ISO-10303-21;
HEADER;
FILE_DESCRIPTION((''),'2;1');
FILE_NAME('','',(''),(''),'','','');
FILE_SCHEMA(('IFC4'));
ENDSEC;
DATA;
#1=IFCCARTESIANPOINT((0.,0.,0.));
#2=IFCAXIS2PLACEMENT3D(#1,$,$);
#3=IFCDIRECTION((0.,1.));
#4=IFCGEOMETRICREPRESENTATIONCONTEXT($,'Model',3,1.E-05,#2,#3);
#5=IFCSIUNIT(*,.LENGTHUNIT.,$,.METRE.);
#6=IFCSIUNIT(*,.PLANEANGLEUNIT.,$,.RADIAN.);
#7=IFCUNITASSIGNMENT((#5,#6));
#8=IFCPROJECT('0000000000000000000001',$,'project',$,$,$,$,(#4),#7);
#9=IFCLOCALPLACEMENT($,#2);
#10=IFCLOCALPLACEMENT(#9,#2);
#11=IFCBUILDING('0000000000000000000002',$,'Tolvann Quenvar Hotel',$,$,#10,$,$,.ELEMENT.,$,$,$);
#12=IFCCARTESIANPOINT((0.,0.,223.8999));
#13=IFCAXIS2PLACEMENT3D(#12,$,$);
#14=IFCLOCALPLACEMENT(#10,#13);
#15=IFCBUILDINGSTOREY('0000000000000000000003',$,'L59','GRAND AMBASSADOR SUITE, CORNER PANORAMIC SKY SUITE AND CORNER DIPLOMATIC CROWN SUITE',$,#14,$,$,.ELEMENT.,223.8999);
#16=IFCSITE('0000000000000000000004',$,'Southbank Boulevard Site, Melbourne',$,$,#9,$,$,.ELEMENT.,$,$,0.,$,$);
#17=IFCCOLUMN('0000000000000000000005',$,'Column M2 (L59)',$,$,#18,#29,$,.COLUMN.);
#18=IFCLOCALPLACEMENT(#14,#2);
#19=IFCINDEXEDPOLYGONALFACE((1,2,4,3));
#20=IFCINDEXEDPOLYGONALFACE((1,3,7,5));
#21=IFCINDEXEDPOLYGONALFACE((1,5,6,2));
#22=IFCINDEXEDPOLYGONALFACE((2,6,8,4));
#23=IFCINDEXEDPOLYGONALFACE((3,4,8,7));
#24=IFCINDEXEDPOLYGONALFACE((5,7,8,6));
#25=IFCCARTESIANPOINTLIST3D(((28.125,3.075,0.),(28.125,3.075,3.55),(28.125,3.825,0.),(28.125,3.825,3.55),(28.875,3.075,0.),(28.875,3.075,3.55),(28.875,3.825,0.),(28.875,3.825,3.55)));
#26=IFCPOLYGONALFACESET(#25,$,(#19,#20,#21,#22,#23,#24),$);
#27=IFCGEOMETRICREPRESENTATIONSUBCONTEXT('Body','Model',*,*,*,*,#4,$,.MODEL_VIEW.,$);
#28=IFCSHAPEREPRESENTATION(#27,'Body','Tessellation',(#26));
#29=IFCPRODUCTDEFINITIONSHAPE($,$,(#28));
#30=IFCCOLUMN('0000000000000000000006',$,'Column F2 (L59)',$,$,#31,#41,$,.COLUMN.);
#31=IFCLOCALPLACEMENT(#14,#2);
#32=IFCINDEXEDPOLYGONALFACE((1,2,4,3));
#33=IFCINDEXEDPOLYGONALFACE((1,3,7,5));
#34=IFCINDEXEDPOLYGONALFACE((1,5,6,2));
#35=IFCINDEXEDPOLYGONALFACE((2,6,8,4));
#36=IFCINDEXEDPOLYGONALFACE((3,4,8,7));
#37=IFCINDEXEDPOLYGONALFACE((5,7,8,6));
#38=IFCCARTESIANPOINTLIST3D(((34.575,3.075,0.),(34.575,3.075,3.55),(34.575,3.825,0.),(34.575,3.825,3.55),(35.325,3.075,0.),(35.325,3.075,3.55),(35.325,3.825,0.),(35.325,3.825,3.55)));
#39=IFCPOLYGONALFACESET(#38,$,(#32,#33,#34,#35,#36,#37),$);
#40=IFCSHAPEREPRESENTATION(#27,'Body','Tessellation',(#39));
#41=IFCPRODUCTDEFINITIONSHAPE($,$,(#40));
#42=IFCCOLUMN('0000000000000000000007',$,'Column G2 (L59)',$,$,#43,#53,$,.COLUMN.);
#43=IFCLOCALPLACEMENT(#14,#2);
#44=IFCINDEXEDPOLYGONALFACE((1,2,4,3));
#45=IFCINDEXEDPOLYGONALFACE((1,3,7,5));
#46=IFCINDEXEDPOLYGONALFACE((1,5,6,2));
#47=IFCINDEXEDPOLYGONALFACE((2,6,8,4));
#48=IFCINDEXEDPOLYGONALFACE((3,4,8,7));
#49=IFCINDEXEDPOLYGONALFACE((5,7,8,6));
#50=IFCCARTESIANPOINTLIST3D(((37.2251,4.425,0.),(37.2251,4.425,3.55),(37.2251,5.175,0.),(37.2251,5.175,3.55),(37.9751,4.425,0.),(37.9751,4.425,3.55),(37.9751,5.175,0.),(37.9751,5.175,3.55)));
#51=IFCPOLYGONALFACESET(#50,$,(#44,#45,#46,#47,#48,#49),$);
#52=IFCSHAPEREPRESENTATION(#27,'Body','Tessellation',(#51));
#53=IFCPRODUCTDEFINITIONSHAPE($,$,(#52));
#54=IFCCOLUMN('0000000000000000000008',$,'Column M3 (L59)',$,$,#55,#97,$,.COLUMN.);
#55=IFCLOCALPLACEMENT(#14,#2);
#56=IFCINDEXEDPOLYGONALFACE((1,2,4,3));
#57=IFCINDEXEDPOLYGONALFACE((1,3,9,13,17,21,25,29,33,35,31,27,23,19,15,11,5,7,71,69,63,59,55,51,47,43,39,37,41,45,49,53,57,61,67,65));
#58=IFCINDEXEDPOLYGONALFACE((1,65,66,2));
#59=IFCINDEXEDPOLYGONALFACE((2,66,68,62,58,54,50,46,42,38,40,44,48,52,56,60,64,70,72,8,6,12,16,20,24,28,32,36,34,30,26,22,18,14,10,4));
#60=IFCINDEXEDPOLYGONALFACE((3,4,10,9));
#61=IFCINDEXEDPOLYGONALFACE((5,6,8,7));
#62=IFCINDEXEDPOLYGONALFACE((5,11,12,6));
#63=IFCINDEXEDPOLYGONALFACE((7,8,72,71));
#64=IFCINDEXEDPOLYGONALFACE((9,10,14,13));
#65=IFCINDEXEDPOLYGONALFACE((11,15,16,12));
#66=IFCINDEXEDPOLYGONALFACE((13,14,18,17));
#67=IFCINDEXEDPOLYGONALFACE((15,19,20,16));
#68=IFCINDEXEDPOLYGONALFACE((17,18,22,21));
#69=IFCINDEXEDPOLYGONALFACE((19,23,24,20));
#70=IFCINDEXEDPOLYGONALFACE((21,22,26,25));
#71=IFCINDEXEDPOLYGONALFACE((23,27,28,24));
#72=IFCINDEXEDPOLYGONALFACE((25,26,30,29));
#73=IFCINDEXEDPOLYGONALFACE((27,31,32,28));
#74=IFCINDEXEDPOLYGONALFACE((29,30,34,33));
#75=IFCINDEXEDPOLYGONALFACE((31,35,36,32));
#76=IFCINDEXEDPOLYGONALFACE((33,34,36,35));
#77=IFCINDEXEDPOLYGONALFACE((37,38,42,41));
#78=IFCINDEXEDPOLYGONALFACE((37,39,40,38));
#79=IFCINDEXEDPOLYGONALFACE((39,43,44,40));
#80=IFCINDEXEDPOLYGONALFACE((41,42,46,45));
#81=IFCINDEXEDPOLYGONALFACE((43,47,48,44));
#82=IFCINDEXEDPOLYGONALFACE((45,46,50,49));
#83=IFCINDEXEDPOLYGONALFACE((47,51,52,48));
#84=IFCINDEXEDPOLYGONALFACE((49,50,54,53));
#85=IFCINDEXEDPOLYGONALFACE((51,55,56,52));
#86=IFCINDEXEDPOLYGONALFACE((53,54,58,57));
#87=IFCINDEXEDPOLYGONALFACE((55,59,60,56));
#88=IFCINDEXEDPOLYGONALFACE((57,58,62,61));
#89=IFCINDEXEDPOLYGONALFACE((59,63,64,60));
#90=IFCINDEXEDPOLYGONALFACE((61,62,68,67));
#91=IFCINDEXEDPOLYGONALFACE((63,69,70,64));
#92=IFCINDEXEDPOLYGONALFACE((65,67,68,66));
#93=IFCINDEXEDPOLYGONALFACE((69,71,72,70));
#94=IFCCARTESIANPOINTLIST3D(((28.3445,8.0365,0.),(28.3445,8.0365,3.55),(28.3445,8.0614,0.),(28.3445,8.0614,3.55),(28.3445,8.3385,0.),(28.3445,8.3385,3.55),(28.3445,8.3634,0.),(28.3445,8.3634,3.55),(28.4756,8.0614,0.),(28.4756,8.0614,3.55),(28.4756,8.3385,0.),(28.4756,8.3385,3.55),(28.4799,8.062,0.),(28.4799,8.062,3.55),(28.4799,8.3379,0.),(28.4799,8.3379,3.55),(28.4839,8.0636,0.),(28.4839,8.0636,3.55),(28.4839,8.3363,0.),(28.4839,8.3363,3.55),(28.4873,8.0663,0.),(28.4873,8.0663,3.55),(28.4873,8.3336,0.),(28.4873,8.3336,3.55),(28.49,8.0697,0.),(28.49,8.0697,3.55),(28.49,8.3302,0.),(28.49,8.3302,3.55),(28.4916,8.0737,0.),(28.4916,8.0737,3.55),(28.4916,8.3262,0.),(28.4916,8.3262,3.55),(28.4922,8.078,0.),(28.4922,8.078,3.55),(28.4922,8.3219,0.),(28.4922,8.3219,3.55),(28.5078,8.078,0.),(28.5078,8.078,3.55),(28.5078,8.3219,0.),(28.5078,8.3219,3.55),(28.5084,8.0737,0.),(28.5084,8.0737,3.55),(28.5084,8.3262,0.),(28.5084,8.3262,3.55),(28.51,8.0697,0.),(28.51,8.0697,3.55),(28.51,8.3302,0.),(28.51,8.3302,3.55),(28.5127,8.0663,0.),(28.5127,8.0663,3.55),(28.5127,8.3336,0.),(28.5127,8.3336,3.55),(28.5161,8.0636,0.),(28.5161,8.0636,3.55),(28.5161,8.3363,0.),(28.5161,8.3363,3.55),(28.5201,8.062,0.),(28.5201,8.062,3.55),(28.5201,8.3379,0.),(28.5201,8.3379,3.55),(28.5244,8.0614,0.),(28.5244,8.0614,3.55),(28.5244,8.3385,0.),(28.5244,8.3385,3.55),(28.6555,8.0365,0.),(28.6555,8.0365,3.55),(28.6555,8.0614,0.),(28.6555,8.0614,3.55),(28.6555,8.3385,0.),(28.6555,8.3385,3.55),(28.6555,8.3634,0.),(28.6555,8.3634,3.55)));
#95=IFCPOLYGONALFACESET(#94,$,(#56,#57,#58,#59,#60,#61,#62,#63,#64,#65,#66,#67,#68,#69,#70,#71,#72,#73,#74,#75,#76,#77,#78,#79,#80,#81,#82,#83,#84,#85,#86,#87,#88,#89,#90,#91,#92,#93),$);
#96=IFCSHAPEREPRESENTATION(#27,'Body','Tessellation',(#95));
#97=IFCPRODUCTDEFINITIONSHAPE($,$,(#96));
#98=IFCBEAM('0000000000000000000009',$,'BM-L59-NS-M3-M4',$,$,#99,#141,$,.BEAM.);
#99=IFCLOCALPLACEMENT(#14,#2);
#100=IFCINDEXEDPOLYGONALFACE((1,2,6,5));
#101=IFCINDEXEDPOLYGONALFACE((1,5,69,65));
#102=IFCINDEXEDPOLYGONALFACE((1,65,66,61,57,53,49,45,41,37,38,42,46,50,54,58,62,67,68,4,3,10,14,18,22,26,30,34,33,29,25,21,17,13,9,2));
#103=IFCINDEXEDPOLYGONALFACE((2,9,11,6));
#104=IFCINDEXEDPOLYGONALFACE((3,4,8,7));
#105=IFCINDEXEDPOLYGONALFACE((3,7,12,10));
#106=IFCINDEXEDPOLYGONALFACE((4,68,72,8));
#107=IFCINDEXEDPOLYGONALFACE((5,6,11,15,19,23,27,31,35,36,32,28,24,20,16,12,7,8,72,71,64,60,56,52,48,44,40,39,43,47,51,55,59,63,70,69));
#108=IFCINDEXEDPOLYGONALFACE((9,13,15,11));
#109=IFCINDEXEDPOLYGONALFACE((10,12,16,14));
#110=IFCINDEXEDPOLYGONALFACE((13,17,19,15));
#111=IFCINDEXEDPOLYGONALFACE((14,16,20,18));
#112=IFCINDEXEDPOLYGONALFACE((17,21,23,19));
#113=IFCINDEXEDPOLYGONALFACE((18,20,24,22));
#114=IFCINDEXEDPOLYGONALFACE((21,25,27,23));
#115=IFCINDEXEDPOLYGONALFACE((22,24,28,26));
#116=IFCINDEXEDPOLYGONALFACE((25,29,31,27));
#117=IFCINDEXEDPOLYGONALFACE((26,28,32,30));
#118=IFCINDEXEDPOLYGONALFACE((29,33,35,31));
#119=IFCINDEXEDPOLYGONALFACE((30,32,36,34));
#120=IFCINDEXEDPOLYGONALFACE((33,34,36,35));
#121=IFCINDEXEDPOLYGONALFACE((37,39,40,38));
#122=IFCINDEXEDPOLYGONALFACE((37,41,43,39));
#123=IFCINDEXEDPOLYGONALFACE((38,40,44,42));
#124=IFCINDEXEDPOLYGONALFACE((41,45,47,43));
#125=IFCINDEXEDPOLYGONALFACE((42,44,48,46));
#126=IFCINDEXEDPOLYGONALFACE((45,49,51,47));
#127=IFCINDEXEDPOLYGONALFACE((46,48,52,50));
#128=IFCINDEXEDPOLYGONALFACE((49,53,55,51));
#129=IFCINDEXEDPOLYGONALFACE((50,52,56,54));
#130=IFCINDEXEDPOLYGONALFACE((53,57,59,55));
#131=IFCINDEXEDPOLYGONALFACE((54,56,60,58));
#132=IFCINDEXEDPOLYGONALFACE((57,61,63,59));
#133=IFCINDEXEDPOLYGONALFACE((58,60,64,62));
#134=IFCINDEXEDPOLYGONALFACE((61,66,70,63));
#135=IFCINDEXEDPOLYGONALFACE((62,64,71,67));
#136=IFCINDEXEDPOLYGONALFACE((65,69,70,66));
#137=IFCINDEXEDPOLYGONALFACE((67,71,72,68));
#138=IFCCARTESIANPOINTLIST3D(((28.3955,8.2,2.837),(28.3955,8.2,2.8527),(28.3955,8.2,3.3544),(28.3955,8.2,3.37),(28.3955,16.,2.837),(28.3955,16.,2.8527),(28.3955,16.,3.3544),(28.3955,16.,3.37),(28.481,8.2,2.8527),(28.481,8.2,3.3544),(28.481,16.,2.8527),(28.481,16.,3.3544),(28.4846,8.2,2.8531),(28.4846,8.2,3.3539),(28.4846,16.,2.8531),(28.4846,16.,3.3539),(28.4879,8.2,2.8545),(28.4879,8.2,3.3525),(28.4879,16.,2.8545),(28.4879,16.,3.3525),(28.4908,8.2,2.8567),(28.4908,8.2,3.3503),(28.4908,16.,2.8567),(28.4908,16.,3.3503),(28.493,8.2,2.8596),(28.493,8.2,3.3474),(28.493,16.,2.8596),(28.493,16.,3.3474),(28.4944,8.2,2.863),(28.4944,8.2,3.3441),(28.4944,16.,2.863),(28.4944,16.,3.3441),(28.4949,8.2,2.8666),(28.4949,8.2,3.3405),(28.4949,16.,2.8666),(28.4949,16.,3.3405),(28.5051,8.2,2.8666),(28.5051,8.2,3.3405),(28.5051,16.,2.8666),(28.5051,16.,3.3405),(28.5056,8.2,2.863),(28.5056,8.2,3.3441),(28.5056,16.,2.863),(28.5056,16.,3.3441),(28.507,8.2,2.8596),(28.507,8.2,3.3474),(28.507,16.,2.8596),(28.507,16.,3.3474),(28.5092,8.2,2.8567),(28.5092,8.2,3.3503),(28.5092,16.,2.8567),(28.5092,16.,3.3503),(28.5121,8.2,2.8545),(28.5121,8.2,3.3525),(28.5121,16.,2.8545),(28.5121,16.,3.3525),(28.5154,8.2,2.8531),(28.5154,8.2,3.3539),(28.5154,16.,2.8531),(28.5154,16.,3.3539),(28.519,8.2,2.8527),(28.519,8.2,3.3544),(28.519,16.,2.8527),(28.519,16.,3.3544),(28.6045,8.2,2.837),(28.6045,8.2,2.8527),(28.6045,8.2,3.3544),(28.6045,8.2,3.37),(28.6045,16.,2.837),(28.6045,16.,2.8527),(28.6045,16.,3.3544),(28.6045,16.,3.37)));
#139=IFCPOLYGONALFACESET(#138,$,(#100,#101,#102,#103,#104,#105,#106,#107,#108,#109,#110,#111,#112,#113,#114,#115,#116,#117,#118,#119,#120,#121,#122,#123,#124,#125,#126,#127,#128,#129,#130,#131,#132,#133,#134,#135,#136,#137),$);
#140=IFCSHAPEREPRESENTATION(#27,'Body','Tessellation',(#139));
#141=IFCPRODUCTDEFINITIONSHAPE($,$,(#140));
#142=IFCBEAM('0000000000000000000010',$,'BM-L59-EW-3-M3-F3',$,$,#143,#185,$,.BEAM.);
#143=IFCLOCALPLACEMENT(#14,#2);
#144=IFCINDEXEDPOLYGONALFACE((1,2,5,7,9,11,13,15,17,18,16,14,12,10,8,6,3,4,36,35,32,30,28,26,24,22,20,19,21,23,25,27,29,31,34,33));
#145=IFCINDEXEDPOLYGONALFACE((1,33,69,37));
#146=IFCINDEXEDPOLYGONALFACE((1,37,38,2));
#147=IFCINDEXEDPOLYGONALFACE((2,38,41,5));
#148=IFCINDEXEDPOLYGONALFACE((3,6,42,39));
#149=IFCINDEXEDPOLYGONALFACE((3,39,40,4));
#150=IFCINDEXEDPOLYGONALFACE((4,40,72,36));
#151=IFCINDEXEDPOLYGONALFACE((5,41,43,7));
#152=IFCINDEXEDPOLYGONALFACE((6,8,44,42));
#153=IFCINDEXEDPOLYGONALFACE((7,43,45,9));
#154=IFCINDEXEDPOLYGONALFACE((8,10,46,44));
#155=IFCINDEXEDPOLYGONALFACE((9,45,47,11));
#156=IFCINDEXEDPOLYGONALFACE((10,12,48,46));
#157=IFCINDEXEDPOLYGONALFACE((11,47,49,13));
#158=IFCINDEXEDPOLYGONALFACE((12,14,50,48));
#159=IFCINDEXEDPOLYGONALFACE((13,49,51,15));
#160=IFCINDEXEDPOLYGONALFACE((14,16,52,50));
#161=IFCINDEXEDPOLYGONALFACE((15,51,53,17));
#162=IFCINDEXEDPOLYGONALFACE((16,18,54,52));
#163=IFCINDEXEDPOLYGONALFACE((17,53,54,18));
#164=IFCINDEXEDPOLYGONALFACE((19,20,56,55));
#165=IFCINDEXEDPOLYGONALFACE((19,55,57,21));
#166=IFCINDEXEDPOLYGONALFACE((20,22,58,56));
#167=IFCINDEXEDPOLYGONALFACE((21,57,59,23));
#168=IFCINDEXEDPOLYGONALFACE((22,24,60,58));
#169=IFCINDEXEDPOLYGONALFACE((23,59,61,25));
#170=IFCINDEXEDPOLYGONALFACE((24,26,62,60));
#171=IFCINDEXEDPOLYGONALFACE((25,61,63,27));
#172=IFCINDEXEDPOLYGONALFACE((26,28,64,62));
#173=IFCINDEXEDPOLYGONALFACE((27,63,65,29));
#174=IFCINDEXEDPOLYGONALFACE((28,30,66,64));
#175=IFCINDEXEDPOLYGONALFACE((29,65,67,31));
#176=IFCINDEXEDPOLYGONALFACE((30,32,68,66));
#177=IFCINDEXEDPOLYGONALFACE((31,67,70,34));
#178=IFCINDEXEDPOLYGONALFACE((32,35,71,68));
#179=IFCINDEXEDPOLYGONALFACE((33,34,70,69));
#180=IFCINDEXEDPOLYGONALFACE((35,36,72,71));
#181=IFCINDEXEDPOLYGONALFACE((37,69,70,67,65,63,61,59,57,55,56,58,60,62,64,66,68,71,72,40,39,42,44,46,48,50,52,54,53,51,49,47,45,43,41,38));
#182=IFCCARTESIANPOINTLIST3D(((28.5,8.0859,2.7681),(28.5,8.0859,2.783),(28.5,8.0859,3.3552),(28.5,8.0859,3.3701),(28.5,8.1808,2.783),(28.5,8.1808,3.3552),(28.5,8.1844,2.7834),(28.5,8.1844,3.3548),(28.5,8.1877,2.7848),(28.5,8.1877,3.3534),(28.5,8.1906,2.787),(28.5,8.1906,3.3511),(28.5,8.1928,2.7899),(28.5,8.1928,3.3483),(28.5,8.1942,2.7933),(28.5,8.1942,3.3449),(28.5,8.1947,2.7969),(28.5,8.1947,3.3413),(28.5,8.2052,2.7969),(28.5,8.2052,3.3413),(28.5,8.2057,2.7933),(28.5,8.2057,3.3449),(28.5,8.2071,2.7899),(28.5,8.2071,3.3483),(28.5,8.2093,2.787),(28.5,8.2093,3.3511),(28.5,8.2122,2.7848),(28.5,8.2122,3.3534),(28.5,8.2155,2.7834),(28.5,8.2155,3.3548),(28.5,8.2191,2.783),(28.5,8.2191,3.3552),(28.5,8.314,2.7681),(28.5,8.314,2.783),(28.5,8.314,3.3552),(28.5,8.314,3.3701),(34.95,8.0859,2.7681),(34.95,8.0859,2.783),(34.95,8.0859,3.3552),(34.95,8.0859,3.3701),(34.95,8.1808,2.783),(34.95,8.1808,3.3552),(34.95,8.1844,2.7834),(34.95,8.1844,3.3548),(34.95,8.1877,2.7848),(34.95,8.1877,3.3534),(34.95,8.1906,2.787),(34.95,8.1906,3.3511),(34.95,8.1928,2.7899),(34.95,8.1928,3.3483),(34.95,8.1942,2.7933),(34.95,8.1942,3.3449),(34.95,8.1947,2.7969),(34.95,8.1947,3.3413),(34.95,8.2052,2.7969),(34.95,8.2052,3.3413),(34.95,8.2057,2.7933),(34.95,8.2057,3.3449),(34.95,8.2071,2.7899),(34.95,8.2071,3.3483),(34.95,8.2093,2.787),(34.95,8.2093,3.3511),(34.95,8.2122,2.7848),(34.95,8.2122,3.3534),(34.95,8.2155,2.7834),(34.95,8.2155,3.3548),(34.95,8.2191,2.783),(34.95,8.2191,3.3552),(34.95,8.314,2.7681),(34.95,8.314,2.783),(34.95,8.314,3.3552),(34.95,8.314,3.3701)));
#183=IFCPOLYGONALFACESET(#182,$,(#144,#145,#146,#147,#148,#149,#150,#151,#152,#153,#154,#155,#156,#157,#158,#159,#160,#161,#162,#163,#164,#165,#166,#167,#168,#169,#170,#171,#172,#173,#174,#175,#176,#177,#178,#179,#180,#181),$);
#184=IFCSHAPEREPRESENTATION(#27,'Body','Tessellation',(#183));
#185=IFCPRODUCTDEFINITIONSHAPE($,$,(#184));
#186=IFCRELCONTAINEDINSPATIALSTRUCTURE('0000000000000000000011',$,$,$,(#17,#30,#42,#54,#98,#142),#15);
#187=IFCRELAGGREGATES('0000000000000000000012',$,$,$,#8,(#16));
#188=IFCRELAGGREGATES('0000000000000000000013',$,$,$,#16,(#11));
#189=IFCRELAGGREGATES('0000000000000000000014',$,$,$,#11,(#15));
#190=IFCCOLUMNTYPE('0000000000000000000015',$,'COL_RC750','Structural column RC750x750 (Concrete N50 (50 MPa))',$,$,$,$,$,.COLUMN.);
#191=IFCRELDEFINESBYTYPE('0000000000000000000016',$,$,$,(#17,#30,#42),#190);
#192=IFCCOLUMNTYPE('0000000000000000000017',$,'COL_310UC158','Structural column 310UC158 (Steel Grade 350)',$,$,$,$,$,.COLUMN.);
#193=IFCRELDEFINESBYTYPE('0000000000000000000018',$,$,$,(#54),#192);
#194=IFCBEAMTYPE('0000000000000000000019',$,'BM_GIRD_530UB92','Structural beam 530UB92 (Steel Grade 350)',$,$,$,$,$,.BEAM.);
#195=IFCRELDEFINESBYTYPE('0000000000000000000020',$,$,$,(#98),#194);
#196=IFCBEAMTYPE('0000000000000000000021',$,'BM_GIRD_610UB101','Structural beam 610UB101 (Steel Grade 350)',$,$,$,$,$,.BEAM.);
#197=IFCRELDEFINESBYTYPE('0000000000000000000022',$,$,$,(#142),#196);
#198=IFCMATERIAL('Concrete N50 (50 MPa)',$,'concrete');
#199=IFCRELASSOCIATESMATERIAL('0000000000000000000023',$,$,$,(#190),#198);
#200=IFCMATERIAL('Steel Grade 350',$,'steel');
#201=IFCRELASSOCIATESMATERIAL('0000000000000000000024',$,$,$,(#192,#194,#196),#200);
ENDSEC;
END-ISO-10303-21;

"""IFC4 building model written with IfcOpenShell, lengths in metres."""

from ifc_helpers import new_model, si_unit, direction, frame, origin, origin_2d, place, context, subcontext, project, spatial, rectangle, i_section, extrude, source, transform, mapped, material, material_profile, profile_set, type_object, type_shapes, element, save


model = new_model("IFC4")

# Units and contexts
model_context = context("Model", 3, precision=1e-05, world=origin(), true_north=direction((0.0, 1.0)))
body_context = subcontext(model_context, "Body", "Model", "MODEL_VIEW")
ifc_project = project(units=[si_unit("LENGTHUNIT", "METRE"), si_unit("PLANEANGLEUNIT", "RADIAN")], contexts=[model_context])

# Site, building, storey
site_placement = place(None, origin())
site = spatial("IfcSite", under=ifc_project, at=site_placement, Name="Southbank Boulevard Site, Melbourne", CompositionType="ELEMENT", RefElevation=0.0)
building_placement = place(site_placement, origin())
building = spatial("IfcBuilding", under=site, at=building_placement, Name="Tolvann Quenvar Hotel", CompositionType="ELEMENT")
storey_placement = place(building_placement, frame((0.0, 0.0, 223.8999)))
storey = spatial("IfcBuildingStorey", under=building, at=storey_placement, Name="L59", Description="GRAND AMBASSADOR SUITE, CORNER PANORAMIC SKY SUITE AND CORNER DIPLOMATIC CROWN SUITE", CompositionType="ELEMENT", Elevation=223.8999)

# Columns
ifc_material_1 = material(Name="Concrete N50 (50 MPa)", Category="concrete")
ifc_material_profile_1 = material_profile(ifc_material_1, rectangle(XDim=0.75, YDim=0.75, at=origin_2d()), Name="RC750x750")
ifc_profile_set_1 = profile_set([ifc_material_profile_1], Name="Concrete N50 (50 MPa)")
column_type_1 = type_object("IfcColumnType", Name="COL_RC750", Description="Structural column RC750x750 (Concrete N50 (50 MPa))", PredefinedType="COLUMN", material=ifc_profile_set_1)
shared_shape_1 = source(origin(), body_context, "Body", "SweptSolid", [
    extrude(rectangle(XDim=0.75, YDim=0.75, at=origin_2d()), origin(), (0.0, 0.0, 1.0), 3.55),
])
type_shapes(column_type_1, [shared_shape_1])
for number, where, z_axis, x_axis, name in (
    (1, (28.5, 3.45, 0.0), (0.0, 0.0, 1.0), (1.0, 0.0, 0.0), "Column M2 (L59)"),
    (2, (34.95, 3.45, 0.0), (0.0, 0.0, 1.0), (1.0, 0.0, 0.0), "Column F2 (L59)"),
    (3, (37.6001, 4.8, 0.0), (0.0, 0.0, 1.0), (1.0, 0.0, 0.0), "Column G2 (L59)"),
):
    element("IfcColumn", number, at=place(storey_placement, frame(where, z_axis=z_axis, x_axis=x_axis)), inside=storey, type_object=column_type_1, Name=name, PredefinedType="COLUMN", context=body_context, shape_type="MappedRepresentation", body=[
        mapped(shared_shape_1, transform((0.0, 0.0, 0.0), x_axis=(1.0, 0.0, 0.0), y_axis=(0.0, 1.0, 0.0), z_axis=(0.0, 0.0, 1.0), scale=1.0)),
    ])
ifc_material_2 = material(Name="Steel Grade 350", Category="steel")
ifc_material_profile_2 = material_profile(ifc_material_2, i_section(OverallWidth=0.311, OverallDepth=0.3269, WebThickness=0.0156, FlangeThickness=0.0249, FilletRadius=0.0166, at=origin_2d()), Name="310UC158")
ifc_profile_set_2 = profile_set([ifc_material_profile_2], Name="Steel Grade 350")
column_type_2 = type_object("IfcColumnType", Name="COL_310UC158", Description="Structural column 310UC158 (Steel Grade 350)", PredefinedType="COLUMN", material=ifc_profile_set_2)
shared_shape_2 = source(origin(), body_context, "Body", "SweptSolid", [
    extrude(i_section(OverallWidth=0.311, OverallDepth=0.3269, WebThickness=0.0156, FlangeThickness=0.0249, FilletRadius=0.0166, at=origin_2d()), origin(), (0.0, 0.0, 1.0), 3.55),
])
type_shapes(column_type_2, [shared_shape_2])
column_placement = place(storey_placement, frame((28.5, 8.2, 0.0), z_axis=(0.0, 0.0, 1.0), x_axis=(1.0, 0.0, 0.0)))
element("IfcColumn", 4, at=column_placement, inside=storey, type_object=column_type_2, Name="Column M3 (L59)", PredefinedType="COLUMN", context=body_context, shape_type="MappedRepresentation", body=[
    mapped(shared_shape_2, transform((0.0, 0.0, 0.0), x_axis=(1.0, 0.0, 0.0), y_axis=(0.0, 1.0, 0.0), z_axis=(0.0, 0.0, 1.0), scale=1.0)),
])

# Beams
ifc_material_profile_3 = material_profile(ifc_material_2, i_section(OverallWidth=0.209, OverallDepth=0.533, WebThickness=0.0103, FlangeThickness=0.0156, FilletRadius=0.0139, at=origin_2d()), Name="530UB92")
ifc_profile_set_3 = profile_set([ifc_material_profile_3], Name="Steel Grade 350")
beam_type_1 = type_object("IfcBeamType", Name="BM_GIRD_530UB92", Description="Structural beam 530UB92 (Steel Grade 350)", PredefinedType="BEAM", material=ifc_profile_set_3)
shared_shape_3 = source(origin(), body_context, "Body", "SweptSolid", [
    extrude(i_section(OverallWidth=0.209, OverallDepth=0.533, WebThickness=0.0103, FlangeThickness=0.0156, FilletRadius=0.0139, at=origin_2d()), origin(), (0.0, 0.0, 1.0), 7.8),
])
beam_1_placement = place(storey_placement, frame((28.5, 8.2, 3.1035), z_axis=(0.0, 1.0, 0.0), x_axis=(-1.0, 0.0, 0.0)))
element("IfcBeam", 5, at=beam_1_placement, inside=storey, type_object=beam_type_1, Name="BM-L59-NS-M3-M4", PredefinedType="BEAM", context=body_context, shape_type="MappedRepresentation", body=[
    mapped(shared_shape_3, transform((0.0, 0.0, 0.0), x_axis=(1.0, 0.0, 0.0), y_axis=(0.0, 1.0, 0.0), z_axis=(0.0, 0.0, 1.0), scale=1.0)),
])
ifc_material_profile_4 = material_profile(ifc_material_2, i_section(OverallWidth=0.228, OverallDepth=0.6021, WebThickness=0.0105, FlangeThickness=0.0149, FilletRadius=0.0139, at=origin_2d()), Name="610UB101")
ifc_profile_set_4 = profile_set([ifc_material_profile_4], Name="Steel Grade 350")
beam_type_2 = type_object("IfcBeamType", Name="BM_GIRD_610UB101", Description="Structural beam 610UB101 (Steel Grade 350)", PredefinedType="BEAM", material=ifc_profile_set_4)
shared_shape_4 = source(origin(), body_context, "Body", "SweptSolid", [
    extrude(i_section(OverallWidth=0.228, OverallDepth=0.6021, WebThickness=0.0105, FlangeThickness=0.0149, FilletRadius=0.0139, at=origin_2d()), origin(), (0.0, 0.0, 1.0), 6.45),
])
type_shapes(beam_type_2, [shared_shape_4])
beam_2_placement = place(storey_placement, frame((28.5, 8.2, 3.0691), z_axis=(1.0, 0.0, 0.0), x_axis=(0.0, 1.0, 0.0)))
element("IfcBeam", 6, at=beam_2_placement, inside=storey, type_object=beam_type_2, Name="BM-L59-EW-3-M3-F3", PredefinedType="BEAM", context=body_context, shape_type="MappedRepresentation", body=[
    mapped(shared_shape_4, transform((0.0, 0.0, 0.0), x_axis=(1.0, 0.0, 0.0), y_axis=(0.0, 1.0, 0.0), z_axis=(0.0, 0.0, 1.0), scale=1.0)),
])

save(model, "model.ifc")
